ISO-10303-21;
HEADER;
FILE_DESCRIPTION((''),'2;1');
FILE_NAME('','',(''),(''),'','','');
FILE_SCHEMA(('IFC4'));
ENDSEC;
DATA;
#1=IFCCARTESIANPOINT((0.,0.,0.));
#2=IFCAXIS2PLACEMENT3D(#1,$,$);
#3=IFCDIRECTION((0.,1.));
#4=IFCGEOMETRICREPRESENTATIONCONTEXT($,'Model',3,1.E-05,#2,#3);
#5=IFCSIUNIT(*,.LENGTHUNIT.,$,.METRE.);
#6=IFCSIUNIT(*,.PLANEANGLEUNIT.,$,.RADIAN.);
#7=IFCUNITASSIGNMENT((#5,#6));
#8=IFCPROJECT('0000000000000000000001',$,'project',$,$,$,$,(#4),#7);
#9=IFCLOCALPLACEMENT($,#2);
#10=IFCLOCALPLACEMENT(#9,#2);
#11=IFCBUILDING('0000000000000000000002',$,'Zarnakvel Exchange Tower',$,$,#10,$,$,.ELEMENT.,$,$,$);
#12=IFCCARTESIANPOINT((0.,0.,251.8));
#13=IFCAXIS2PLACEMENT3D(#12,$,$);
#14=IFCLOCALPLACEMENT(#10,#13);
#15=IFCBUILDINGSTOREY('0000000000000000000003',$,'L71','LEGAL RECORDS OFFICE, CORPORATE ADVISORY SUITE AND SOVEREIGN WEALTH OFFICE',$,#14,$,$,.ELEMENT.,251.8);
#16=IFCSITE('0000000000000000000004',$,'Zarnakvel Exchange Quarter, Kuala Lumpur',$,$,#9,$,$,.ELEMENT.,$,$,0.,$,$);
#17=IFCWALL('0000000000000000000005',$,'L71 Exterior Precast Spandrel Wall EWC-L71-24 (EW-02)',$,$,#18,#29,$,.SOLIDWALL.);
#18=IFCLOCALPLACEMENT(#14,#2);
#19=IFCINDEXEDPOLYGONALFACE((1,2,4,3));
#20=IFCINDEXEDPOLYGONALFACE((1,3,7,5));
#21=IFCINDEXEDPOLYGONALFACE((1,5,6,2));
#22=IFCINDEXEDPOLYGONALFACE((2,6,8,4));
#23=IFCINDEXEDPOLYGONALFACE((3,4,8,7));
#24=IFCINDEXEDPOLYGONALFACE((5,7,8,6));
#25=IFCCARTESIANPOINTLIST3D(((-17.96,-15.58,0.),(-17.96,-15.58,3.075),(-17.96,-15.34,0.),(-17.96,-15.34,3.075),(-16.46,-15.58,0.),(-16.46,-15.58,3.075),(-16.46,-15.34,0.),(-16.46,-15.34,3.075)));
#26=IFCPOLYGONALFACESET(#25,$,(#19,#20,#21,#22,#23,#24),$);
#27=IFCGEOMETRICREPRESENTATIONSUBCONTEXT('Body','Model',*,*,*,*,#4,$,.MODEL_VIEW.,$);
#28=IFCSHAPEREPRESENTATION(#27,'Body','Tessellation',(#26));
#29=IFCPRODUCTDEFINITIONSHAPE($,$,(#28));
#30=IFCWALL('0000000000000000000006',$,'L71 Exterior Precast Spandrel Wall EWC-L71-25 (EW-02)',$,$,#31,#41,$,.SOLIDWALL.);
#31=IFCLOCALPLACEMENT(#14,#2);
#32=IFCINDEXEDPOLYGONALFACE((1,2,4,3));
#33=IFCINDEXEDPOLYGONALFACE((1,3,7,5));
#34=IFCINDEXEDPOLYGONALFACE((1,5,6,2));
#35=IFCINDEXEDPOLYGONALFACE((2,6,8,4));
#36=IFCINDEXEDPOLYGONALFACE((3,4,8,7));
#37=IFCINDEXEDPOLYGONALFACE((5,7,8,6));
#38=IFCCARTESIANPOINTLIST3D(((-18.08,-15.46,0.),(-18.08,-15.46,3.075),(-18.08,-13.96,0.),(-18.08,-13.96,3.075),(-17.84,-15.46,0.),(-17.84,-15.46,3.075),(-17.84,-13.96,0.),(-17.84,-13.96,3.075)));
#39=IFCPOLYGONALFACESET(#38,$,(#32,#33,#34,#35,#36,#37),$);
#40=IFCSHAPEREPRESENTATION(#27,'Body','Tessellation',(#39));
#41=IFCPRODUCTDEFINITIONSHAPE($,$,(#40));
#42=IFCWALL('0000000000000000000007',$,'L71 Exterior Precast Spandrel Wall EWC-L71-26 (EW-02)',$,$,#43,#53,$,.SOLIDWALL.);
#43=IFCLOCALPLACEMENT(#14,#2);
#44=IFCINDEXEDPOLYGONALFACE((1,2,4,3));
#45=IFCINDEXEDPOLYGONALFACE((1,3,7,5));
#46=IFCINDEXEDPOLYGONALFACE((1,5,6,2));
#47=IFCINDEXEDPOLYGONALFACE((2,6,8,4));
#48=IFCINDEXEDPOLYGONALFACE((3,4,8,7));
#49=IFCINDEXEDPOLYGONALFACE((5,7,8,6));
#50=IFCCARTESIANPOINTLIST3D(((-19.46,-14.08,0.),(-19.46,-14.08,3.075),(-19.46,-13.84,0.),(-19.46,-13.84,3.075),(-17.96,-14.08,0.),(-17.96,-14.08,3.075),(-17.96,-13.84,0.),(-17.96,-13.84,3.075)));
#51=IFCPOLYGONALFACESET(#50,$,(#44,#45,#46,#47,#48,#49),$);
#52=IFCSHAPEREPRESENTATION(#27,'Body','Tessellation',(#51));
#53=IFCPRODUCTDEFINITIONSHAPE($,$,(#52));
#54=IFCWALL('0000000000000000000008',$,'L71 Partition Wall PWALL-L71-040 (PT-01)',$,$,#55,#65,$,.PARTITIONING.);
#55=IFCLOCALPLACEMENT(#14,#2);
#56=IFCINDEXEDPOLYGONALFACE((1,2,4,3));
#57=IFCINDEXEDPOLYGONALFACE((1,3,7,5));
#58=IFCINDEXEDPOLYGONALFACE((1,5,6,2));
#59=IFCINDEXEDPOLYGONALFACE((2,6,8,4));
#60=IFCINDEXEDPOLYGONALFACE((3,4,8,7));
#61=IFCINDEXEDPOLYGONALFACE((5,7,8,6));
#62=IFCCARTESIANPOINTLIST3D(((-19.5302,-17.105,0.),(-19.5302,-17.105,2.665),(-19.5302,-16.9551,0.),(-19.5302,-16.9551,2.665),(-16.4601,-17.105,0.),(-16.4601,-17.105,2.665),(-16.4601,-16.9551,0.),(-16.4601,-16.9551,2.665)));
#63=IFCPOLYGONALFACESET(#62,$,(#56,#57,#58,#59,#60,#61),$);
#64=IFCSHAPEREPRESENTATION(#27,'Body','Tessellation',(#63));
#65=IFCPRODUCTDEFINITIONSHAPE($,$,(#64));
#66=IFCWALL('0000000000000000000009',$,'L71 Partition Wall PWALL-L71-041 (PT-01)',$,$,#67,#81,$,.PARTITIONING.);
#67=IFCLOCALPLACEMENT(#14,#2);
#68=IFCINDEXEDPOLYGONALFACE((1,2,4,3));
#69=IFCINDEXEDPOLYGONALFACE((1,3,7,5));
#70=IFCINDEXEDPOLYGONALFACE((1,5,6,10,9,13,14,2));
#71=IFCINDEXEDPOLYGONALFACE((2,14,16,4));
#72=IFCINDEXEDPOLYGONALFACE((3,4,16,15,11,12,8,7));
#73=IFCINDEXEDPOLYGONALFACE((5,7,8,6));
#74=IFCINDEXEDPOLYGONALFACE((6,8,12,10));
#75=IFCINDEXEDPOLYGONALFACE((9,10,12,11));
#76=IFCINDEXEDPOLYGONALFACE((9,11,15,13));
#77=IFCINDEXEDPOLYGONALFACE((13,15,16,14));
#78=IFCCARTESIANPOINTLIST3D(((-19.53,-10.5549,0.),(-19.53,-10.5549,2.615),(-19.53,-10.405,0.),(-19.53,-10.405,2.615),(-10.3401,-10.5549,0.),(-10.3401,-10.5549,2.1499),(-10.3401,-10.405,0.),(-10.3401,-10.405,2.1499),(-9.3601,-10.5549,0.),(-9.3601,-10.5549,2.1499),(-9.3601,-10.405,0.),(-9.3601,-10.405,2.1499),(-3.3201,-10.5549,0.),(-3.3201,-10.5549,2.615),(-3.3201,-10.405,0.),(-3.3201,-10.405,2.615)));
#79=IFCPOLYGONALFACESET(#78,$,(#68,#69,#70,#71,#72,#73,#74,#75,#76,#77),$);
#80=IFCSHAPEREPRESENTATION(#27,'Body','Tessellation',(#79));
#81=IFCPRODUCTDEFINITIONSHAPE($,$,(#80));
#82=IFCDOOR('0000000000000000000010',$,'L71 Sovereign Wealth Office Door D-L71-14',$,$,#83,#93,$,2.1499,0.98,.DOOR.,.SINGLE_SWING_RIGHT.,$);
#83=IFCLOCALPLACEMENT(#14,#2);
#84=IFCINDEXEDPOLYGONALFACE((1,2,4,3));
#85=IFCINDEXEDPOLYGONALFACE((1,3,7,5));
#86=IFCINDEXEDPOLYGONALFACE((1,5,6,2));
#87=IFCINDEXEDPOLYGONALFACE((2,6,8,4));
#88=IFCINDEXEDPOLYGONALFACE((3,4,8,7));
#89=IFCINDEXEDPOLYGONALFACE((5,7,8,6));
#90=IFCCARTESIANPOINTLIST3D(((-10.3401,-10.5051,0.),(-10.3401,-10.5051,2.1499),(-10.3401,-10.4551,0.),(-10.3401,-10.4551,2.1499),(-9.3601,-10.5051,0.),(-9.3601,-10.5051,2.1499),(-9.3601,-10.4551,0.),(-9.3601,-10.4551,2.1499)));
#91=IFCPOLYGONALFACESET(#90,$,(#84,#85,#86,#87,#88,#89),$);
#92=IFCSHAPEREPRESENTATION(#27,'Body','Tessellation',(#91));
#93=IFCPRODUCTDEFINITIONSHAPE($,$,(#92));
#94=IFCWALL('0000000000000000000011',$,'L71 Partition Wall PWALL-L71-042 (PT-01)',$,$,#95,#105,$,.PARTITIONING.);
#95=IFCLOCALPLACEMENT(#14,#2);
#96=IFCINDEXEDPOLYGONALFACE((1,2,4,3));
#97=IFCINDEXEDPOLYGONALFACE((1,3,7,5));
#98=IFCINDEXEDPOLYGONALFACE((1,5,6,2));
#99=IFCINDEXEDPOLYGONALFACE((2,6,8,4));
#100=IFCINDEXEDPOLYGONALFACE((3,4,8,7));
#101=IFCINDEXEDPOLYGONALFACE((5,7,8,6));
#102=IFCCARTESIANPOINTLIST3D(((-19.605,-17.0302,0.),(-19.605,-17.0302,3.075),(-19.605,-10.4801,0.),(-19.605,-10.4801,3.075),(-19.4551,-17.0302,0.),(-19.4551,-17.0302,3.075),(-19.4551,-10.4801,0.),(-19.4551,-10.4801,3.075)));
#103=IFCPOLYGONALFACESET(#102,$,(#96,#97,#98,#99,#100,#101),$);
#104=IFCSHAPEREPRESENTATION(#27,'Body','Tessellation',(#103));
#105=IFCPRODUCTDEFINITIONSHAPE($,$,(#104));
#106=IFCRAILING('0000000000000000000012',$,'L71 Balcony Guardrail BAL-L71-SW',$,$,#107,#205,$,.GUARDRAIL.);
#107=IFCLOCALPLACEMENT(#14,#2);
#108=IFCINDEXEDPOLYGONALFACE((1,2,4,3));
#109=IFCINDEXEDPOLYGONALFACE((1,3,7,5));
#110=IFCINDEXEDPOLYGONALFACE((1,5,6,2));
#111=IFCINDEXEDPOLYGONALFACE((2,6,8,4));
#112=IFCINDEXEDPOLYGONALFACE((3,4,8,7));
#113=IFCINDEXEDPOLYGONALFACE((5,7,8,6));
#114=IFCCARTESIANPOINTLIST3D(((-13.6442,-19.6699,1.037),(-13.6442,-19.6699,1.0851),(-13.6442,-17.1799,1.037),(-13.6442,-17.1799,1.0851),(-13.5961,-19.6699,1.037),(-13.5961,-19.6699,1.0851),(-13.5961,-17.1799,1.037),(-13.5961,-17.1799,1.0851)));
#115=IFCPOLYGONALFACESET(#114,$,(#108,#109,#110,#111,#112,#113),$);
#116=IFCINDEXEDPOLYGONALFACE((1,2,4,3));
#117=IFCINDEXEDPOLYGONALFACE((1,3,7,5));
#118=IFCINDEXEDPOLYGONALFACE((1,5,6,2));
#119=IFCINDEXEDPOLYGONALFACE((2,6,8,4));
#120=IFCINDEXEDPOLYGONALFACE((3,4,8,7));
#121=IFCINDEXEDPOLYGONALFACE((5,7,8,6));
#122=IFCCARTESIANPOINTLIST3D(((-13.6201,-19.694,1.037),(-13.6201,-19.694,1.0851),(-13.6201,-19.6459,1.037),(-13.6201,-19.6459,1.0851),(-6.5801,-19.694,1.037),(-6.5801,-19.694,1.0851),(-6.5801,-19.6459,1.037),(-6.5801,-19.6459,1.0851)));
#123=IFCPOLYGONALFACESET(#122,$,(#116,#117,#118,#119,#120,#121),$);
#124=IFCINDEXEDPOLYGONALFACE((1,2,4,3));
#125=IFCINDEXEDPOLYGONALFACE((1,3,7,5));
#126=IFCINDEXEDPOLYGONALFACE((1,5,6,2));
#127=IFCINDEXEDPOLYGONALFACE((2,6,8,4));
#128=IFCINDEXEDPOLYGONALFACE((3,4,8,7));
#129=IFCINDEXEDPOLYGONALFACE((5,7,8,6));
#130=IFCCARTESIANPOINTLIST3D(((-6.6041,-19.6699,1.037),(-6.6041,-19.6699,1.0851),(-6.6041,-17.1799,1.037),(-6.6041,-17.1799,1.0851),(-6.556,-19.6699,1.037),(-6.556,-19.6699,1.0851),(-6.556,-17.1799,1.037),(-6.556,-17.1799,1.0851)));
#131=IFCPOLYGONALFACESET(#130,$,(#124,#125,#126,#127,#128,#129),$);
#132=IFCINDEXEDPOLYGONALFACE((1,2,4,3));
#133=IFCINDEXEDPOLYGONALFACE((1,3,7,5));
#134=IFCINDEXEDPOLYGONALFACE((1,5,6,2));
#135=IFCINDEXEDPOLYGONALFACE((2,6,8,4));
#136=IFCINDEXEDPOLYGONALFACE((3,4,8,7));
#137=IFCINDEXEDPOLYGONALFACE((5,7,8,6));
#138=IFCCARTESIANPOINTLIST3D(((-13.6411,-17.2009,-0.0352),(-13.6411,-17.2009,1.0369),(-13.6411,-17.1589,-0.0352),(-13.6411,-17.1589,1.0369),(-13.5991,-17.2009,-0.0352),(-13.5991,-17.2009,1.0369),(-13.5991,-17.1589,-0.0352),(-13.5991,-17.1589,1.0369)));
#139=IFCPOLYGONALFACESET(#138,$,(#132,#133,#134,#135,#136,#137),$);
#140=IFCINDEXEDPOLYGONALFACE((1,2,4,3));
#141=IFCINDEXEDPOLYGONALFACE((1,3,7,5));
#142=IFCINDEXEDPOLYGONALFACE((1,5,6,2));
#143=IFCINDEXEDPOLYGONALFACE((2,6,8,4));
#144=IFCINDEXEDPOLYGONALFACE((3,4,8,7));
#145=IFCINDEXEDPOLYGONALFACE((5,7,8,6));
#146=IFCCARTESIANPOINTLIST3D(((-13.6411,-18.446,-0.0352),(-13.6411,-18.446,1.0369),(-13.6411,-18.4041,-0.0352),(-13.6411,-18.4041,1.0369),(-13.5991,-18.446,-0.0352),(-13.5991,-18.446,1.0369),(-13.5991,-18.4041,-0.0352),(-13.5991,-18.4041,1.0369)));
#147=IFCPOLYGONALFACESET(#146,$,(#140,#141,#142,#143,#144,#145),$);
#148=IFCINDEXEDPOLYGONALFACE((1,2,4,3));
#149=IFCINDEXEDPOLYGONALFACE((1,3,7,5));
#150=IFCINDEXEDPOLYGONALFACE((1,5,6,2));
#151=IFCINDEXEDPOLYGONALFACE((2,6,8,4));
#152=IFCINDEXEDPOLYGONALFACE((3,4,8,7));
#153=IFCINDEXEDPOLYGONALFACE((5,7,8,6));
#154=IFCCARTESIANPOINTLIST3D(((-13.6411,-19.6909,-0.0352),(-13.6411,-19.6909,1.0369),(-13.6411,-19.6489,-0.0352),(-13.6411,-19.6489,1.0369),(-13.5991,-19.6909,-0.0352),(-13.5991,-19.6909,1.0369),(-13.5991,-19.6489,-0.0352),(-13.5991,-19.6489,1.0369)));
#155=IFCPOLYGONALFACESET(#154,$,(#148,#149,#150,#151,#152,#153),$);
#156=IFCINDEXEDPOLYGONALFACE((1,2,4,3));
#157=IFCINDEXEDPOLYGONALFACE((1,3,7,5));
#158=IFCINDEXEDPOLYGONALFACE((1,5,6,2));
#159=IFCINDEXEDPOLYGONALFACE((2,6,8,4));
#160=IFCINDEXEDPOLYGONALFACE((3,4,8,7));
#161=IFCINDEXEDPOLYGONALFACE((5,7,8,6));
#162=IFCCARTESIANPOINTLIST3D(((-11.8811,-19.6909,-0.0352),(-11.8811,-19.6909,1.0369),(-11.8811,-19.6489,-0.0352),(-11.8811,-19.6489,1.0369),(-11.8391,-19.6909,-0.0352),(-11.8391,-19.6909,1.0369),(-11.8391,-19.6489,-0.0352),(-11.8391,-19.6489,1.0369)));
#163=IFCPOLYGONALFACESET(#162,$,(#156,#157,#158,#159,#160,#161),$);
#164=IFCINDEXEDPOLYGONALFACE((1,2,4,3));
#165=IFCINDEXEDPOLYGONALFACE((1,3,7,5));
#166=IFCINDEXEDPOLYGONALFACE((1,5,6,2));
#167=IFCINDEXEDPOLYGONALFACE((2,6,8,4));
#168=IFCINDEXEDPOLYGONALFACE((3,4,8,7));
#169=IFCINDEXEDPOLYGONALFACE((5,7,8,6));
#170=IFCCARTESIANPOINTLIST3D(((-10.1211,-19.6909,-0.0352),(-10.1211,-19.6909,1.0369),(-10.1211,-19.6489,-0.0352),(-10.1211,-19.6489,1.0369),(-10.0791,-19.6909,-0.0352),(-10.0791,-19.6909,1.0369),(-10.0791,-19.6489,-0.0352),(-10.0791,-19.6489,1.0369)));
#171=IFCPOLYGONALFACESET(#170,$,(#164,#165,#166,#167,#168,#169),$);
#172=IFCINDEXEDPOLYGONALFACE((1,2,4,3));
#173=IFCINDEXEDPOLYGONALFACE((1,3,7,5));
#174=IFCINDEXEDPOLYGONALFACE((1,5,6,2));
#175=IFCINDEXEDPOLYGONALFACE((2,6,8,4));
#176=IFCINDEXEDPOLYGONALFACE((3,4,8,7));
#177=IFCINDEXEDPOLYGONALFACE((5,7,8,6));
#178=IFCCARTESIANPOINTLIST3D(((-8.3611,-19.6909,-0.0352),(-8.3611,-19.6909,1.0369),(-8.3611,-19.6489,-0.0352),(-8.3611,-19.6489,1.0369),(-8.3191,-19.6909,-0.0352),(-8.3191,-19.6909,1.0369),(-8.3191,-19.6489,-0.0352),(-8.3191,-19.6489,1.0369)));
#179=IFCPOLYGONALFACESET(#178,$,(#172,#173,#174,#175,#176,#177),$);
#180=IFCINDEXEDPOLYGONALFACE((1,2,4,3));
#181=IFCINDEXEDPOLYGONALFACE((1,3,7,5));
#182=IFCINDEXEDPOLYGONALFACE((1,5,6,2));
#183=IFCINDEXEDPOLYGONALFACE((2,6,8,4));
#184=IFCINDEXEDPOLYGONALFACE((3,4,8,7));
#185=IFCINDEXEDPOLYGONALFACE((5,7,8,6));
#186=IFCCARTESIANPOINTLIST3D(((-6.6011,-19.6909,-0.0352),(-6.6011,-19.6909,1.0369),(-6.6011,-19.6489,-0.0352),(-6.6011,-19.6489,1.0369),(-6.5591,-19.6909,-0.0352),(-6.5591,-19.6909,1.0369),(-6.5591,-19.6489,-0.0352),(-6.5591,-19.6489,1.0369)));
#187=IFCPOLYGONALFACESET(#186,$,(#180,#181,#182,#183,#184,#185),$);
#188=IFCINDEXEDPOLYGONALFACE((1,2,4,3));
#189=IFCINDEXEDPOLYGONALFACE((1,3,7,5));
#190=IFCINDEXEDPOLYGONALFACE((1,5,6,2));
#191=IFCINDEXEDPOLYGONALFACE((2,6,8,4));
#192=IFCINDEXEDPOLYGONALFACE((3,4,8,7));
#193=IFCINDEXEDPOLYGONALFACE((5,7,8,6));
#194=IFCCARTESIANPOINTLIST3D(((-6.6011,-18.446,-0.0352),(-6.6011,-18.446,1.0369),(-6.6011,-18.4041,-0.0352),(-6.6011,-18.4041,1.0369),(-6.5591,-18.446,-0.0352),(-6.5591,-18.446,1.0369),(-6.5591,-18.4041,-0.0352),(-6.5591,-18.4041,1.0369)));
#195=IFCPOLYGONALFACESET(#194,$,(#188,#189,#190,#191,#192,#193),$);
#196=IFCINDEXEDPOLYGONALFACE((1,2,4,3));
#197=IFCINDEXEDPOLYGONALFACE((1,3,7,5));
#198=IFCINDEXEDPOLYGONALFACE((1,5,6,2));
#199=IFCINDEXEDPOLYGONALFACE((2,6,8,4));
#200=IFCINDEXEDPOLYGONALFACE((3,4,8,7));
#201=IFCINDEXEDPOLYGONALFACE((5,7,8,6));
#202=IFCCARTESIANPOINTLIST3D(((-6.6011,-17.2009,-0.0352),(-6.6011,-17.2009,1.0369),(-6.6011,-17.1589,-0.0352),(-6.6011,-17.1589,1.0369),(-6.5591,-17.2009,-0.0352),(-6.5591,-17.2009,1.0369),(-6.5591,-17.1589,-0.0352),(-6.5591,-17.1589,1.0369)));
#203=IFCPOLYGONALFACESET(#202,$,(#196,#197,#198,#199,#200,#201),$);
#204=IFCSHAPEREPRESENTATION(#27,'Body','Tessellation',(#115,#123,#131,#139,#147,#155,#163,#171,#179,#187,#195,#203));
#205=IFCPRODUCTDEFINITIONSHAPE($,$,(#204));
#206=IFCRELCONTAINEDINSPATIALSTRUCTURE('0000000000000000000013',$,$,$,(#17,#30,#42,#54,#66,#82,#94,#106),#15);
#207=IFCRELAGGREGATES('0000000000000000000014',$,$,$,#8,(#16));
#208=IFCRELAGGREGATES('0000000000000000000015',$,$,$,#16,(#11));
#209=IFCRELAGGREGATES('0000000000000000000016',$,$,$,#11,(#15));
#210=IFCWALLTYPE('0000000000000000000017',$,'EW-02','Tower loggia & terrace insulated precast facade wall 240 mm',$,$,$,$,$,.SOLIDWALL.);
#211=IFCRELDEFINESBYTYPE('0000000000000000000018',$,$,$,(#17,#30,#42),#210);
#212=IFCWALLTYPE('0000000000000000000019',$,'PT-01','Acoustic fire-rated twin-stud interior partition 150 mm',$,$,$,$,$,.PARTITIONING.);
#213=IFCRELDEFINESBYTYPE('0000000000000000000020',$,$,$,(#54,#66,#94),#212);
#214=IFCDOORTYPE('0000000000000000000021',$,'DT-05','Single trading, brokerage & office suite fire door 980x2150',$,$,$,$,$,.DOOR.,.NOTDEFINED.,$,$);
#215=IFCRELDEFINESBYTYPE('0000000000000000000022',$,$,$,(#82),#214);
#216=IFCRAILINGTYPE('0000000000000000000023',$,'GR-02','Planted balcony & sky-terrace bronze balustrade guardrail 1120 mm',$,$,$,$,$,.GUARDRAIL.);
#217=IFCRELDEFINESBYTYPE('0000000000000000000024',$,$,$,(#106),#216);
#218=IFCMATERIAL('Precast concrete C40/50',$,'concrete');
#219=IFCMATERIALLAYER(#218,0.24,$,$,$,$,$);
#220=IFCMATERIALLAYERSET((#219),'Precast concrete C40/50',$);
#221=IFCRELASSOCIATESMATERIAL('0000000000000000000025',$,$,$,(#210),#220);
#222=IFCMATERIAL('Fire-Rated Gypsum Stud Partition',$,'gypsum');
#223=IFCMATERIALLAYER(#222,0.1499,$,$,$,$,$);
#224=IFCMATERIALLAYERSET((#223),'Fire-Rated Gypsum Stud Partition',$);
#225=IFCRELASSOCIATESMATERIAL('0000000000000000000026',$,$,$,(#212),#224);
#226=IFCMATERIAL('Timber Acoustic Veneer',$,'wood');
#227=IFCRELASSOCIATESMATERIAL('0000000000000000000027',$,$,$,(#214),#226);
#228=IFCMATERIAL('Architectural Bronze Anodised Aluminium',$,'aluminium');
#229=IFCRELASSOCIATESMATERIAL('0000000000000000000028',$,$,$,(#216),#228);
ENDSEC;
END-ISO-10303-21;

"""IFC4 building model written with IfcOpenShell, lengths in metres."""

from ifc_helpers import new_model, si_unit, direction, frame, frame_2d, origin, origin_2d, place, context, subcontext, project, spatial, rectangle, extrude, source, transform, mapped, material, layer, layer_set, type_object, element, fill, save


model = new_model("IFC4")

# Units and contexts
model_context = context("Model", 3, precision=1e-05, world=origin(), true_north=direction((0.0, 1.0)))
body_context = subcontext(model_context, "Body", "Model", "MODEL_VIEW")
ifc_project = project(units=[si_unit("LENGTHUNIT", "METRE"), si_unit("PLANEANGLEUNIT", "RADIAN")], contexts=[model_context])

# Site, building, storey
site_placement = place(None, origin())
site = spatial("IfcSite", under=ifc_project, at=site_placement, Name="Zarnakvel Exchange Quarter, Kuala Lumpur", CompositionType="ELEMENT", RefElevation=0.0)
building_placement = place(site_placement, origin())
building = spatial("IfcBuilding", under=site, at=building_placement, Name="Zarnakvel Exchange Tower", CompositionType="ELEMENT")
storey_placement = place(building_placement, frame((0.0, 0.0, 251.8)))
storey = spatial("IfcBuildingStorey", under=building, at=storey_placement, Name="L71", Description="LEGAL RECORDS OFFICE, CORPORATE ADVISORY SUITE AND SOVEREIGN WEALTH OFFICE", CompositionType="ELEMENT", Elevation=251.8)

# Shared definitions
ifc_material_1 = material(Name="Architectural Bronze Anodised Aluminium", Category="aluminium")

# Walls
ifc_material_2 = material(Name="Precast concrete C40/50", Category="concrete")
ifc_layer_1 = layer(ifc_material_2, 0.24)
ifc_layer_set_1 = layer_set([ifc_layer_1], Name="Precast concrete C40/50")
wall_type_1 = type_object("IfcWallType", Name="EW-02", Description="Tower loggia & terrace insulated precast facade wall 240 mm", PredefinedType="SOLIDWALL", material=ifc_layer_set_1)
for number, where, z_axis, x_axis, name in (
    (1, (-17.96, -15.46, 0.0), (0.0, 0.0, 1.0), (1.0, 0.0, 0.0), "L71 Exterior Precast Spandrel Wall EWC-L71-24 (EW-02)"),
    (2, (-17.96, -13.96, 0.0), (0.0, 0.0, 1.0), (0.0, -1.0, 0.0), "L71 Exterior Precast Spandrel Wall EWC-L71-25 (EW-02)"),
    (3, (-19.46, -13.96, 0.0), (0.0, 0.0, 1.0), (1.0, 0.0, 0.0), "L71 Exterior Precast Spandrel Wall EWC-L71-26 (EW-02)"),
):
    element("IfcWall", number, at=place(storey_placement, frame(where, z_axis=z_axis, x_axis=x_axis)), inside=storey, type_object=wall_type_1, Name=name, PredefinedType="SOLIDWALL", context=body_context, shape_type="SweptSolid", body=[
        extrude(rectangle(XDim=1.5, YDim=0.24, at=frame_2d((0.75, 0.0))), origin(), (0.0, 0.0, 1.0), 3.075),
    ])
ifc_material_3 = material(Name="Fire-Rated Gypsum Stud Partition", Category="gypsum")
ifc_layer_2 = layer(ifc_material_3, 0.1499)
ifc_layer_set_2 = layer_set([ifc_layer_2], Name="Fire-Rated Gypsum Stud Partition")
wall_type_2 = type_object("IfcWallType", Name="PT-01", Description="Acoustic fire-rated twin-stud interior partition 150 mm", PredefinedType="PARTITIONING", material=ifc_layer_set_2)
wall_1_placement = place(storey_placement, frame((-16.46, -17.03, 0.0), z_axis=(0.0, 0.0, 1.0), x_axis=(-1.0, 0.0, 0.0)))
element("IfcWall", 4, at=wall_1_placement, inside=storey, type_object=wall_type_2, Name="L71 Partition Wall PWALL-L71-040 (PT-01)", PredefinedType="PARTITIONING", context=body_context, shape_type="SweptSolid", body=[
    extrude(rectangle(XDim=3.0701, YDim=0.1499, at=frame_2d((1.5352, 0.0))), origin(), (0.0, 0.0, 1.0), 2.665),
])

# Wall, opening, door
wall_2_placement = place(storey_placement, frame((-19.53, -10.48, 0.0), z_axis=(0.0, 0.0, 1.0), x_axis=(1.0, 0.0, 0.0)))
wall_2 = element("IfcWall", 5, at=wall_2_placement, inside=storey, type_object=wall_type_2, Name="L71 Partition Wall PWALL-L71-041 (PT-01)", PredefinedType="PARTITIONING", context=body_context, shape_type="SweptSolid", body=[
    extrude(rectangle(XDim=16.21, YDim=0.1499, at=frame_2d((8.105, 0.0))), origin(), (0.0, 0.0, 1.0), 2.615),
])
opening_placement = place(wall_2_placement, frame((9.1899, 0.0, 0.0)))
opening = element("IfcOpeningElement", 6, at=opening_placement, cuts=wall_2, PredefinedType="OPENING", context=body_context, shape_type="SweptSolid", body=[
    extrude(rectangle(XDim=0.98, YDim=2.1499, at=frame_2d((0.49, 1.075))), frame((0.0, 0.085, 0.0), z_axis=(0.0, -1.0, 0.0), x_axis=(1.0, 0.0, 0.0)), (0.0, 0.0, 1.0), 0.1699),
])
ifc_material_4 = material(Name="Timber Acoustic Veneer", Category="wood")
door_type = type_object("IfcDoorType", Name="DT-05", Description="Single trading, brokerage & office suite fire door 980x2150", OperationType="NOTDEFINED", PredefinedType="DOOR", material=ifc_material_4)
shared_shape_1 = source(origin(), body_context, "Body", "SweptSolid", [
    extrude(rectangle(XDim=0.98, YDim=2.1499, at=frame_2d((0.49, 1.075))), frame((0.0, 0.0249, 0.0), z_axis=(0.0, -1.0, 0.0), x_axis=(1.0, 0.0, 0.0)), (0.0, 0.0, 1.0), 0.05),
])
door_placement = place(opening_placement, origin())
door = element("IfcDoor", 7, at=door_placement, inside=storey, type_object=door_type, Name="L71 Sovereign Wealth Office Door D-L71-14", OperationType="SINGLE_SWING_RIGHT", OverallHeight=2.1499, OverallWidth=0.98, PredefinedType="DOOR", context=body_context, shape_type="MappedRepresentation", body=[
    mapped(shared_shape_1, transform((0.0, 0.0, 0.0), x_axis=(1.0, 0.0, 0.0), y_axis=(0.0, 1.0, 0.0), z_axis=(0.0, 0.0, 1.0), scale=1.0)),
])
fill(opening, door)

# Wall
wall_3_placement = place(storey_placement, frame((-19.53, -17.03, 0.0), z_axis=(0.0, 0.0, 1.0), x_axis=(0.0, 1.0, 0.0)))
element("IfcWall", 8, at=wall_3_placement, inside=storey, type_object=wall_type_2, Name="L71 Partition Wall PWALL-L71-042 (PT-01)", PredefinedType="PARTITIONING", context=body_context, shape_type="SweptSolid", body=[
    extrude(rectangle(XDim=6.55, YDim=0.1499, at=frame_2d((3.2749, 0.0))), origin(), (0.0, 0.0, 1.0), 3.075),
])

# Railing
railing_type = type_object("IfcRailingType", Name="GR-02", Description="Planted balcony & sky-terrace bronze balustrade guardrail 1120 mm", PredefinedType="GUARDRAIL", material=ifc_material_1)
railing_placement = place(storey_placement, frame((-13.6201, -17.1799, -0.0352)))
element("IfcRailing", 9, at=railing_placement, inside=storey, type_object=railing_type, Name="L71 Balcony Guardrail BAL-L71-SW", PredefinedType="GUARDRAIL", context=body_context, shape_type="SweptSolid", body=[
    extrude(rectangle(XDim=0.0481, YDim=0.0481, at=origin_2d()), frame((0.0, 0.0, 1.0962), z_axis=(0.0, -1.0, 0.0), x_axis=(1.0, 0.0, 0.0)), (0.0, 0.0, 1.0), 2.49),
    extrude(rectangle(XDim=0.0481, YDim=0.0481, at=origin_2d()), frame((0.0, -2.49, 1.0962), z_axis=(1.0, 0.0, 0.0), x_axis=(0.0, 1.0, 0.0)), (0.0, 0.0, 1.0), 7.04),
    extrude(rectangle(XDim=0.0481, YDim=0.0481, at=origin_2d()), frame((7.04, -2.49, 1.0962), z_axis=(0.0, 1.0, 0.0), x_axis=(-1.0, 0.0, 0.0)), (0.0, 0.0, 1.0), 2.49),
    extrude(rectangle(XDim=0.042, YDim=0.042, at=origin_2d()), origin(), (0.0, 0.0, 1.0), 1.072),
    extrude(rectangle(XDim=0.042, YDim=0.042, at=origin_2d()), frame((0.0, -1.2451, 0.0)), (0.0, 0.0, 1.0), 1.072),
    extrude(rectangle(XDim=0.042, YDim=0.042, at=origin_2d()), frame((0.0, -2.49, 0.0)), (0.0, 0.0, 1.0), 1.072),
    extrude(rectangle(XDim=0.042, YDim=0.042, at=origin_2d()), frame((1.76, -2.49, 0.0)), (0.0, 0.0, 1.0), 1.072),
    extrude(rectangle(XDim=0.042, YDim=0.042, at=origin_2d()), frame((3.52, -2.49, 0.0)), (0.0, 0.0, 1.0), 1.072),
    extrude(rectangle(XDim=0.042, YDim=0.042, at=origin_2d()), frame((5.28, -2.49, 0.0)), (0.0, 0.0, 1.0), 1.072),
    extrude(rectangle(XDim=0.042, YDim=0.042, at=origin_2d()), frame((7.04, -2.49, 0.0)), (0.0, 0.0, 1.0), 1.072),
    extrude(rectangle(XDim=0.042, YDim=0.042, at=origin_2d()), frame((7.04, -1.2451, 0.0)), (0.0, 0.0, 1.0), 1.072),
    extrude(rectangle(XDim=0.042, YDim=0.042, at=origin_2d()), frame((7.04, 0.0, 0.0)), (0.0, 0.0, 1.0), 1.072),
])

save(model, "model.ifc")
